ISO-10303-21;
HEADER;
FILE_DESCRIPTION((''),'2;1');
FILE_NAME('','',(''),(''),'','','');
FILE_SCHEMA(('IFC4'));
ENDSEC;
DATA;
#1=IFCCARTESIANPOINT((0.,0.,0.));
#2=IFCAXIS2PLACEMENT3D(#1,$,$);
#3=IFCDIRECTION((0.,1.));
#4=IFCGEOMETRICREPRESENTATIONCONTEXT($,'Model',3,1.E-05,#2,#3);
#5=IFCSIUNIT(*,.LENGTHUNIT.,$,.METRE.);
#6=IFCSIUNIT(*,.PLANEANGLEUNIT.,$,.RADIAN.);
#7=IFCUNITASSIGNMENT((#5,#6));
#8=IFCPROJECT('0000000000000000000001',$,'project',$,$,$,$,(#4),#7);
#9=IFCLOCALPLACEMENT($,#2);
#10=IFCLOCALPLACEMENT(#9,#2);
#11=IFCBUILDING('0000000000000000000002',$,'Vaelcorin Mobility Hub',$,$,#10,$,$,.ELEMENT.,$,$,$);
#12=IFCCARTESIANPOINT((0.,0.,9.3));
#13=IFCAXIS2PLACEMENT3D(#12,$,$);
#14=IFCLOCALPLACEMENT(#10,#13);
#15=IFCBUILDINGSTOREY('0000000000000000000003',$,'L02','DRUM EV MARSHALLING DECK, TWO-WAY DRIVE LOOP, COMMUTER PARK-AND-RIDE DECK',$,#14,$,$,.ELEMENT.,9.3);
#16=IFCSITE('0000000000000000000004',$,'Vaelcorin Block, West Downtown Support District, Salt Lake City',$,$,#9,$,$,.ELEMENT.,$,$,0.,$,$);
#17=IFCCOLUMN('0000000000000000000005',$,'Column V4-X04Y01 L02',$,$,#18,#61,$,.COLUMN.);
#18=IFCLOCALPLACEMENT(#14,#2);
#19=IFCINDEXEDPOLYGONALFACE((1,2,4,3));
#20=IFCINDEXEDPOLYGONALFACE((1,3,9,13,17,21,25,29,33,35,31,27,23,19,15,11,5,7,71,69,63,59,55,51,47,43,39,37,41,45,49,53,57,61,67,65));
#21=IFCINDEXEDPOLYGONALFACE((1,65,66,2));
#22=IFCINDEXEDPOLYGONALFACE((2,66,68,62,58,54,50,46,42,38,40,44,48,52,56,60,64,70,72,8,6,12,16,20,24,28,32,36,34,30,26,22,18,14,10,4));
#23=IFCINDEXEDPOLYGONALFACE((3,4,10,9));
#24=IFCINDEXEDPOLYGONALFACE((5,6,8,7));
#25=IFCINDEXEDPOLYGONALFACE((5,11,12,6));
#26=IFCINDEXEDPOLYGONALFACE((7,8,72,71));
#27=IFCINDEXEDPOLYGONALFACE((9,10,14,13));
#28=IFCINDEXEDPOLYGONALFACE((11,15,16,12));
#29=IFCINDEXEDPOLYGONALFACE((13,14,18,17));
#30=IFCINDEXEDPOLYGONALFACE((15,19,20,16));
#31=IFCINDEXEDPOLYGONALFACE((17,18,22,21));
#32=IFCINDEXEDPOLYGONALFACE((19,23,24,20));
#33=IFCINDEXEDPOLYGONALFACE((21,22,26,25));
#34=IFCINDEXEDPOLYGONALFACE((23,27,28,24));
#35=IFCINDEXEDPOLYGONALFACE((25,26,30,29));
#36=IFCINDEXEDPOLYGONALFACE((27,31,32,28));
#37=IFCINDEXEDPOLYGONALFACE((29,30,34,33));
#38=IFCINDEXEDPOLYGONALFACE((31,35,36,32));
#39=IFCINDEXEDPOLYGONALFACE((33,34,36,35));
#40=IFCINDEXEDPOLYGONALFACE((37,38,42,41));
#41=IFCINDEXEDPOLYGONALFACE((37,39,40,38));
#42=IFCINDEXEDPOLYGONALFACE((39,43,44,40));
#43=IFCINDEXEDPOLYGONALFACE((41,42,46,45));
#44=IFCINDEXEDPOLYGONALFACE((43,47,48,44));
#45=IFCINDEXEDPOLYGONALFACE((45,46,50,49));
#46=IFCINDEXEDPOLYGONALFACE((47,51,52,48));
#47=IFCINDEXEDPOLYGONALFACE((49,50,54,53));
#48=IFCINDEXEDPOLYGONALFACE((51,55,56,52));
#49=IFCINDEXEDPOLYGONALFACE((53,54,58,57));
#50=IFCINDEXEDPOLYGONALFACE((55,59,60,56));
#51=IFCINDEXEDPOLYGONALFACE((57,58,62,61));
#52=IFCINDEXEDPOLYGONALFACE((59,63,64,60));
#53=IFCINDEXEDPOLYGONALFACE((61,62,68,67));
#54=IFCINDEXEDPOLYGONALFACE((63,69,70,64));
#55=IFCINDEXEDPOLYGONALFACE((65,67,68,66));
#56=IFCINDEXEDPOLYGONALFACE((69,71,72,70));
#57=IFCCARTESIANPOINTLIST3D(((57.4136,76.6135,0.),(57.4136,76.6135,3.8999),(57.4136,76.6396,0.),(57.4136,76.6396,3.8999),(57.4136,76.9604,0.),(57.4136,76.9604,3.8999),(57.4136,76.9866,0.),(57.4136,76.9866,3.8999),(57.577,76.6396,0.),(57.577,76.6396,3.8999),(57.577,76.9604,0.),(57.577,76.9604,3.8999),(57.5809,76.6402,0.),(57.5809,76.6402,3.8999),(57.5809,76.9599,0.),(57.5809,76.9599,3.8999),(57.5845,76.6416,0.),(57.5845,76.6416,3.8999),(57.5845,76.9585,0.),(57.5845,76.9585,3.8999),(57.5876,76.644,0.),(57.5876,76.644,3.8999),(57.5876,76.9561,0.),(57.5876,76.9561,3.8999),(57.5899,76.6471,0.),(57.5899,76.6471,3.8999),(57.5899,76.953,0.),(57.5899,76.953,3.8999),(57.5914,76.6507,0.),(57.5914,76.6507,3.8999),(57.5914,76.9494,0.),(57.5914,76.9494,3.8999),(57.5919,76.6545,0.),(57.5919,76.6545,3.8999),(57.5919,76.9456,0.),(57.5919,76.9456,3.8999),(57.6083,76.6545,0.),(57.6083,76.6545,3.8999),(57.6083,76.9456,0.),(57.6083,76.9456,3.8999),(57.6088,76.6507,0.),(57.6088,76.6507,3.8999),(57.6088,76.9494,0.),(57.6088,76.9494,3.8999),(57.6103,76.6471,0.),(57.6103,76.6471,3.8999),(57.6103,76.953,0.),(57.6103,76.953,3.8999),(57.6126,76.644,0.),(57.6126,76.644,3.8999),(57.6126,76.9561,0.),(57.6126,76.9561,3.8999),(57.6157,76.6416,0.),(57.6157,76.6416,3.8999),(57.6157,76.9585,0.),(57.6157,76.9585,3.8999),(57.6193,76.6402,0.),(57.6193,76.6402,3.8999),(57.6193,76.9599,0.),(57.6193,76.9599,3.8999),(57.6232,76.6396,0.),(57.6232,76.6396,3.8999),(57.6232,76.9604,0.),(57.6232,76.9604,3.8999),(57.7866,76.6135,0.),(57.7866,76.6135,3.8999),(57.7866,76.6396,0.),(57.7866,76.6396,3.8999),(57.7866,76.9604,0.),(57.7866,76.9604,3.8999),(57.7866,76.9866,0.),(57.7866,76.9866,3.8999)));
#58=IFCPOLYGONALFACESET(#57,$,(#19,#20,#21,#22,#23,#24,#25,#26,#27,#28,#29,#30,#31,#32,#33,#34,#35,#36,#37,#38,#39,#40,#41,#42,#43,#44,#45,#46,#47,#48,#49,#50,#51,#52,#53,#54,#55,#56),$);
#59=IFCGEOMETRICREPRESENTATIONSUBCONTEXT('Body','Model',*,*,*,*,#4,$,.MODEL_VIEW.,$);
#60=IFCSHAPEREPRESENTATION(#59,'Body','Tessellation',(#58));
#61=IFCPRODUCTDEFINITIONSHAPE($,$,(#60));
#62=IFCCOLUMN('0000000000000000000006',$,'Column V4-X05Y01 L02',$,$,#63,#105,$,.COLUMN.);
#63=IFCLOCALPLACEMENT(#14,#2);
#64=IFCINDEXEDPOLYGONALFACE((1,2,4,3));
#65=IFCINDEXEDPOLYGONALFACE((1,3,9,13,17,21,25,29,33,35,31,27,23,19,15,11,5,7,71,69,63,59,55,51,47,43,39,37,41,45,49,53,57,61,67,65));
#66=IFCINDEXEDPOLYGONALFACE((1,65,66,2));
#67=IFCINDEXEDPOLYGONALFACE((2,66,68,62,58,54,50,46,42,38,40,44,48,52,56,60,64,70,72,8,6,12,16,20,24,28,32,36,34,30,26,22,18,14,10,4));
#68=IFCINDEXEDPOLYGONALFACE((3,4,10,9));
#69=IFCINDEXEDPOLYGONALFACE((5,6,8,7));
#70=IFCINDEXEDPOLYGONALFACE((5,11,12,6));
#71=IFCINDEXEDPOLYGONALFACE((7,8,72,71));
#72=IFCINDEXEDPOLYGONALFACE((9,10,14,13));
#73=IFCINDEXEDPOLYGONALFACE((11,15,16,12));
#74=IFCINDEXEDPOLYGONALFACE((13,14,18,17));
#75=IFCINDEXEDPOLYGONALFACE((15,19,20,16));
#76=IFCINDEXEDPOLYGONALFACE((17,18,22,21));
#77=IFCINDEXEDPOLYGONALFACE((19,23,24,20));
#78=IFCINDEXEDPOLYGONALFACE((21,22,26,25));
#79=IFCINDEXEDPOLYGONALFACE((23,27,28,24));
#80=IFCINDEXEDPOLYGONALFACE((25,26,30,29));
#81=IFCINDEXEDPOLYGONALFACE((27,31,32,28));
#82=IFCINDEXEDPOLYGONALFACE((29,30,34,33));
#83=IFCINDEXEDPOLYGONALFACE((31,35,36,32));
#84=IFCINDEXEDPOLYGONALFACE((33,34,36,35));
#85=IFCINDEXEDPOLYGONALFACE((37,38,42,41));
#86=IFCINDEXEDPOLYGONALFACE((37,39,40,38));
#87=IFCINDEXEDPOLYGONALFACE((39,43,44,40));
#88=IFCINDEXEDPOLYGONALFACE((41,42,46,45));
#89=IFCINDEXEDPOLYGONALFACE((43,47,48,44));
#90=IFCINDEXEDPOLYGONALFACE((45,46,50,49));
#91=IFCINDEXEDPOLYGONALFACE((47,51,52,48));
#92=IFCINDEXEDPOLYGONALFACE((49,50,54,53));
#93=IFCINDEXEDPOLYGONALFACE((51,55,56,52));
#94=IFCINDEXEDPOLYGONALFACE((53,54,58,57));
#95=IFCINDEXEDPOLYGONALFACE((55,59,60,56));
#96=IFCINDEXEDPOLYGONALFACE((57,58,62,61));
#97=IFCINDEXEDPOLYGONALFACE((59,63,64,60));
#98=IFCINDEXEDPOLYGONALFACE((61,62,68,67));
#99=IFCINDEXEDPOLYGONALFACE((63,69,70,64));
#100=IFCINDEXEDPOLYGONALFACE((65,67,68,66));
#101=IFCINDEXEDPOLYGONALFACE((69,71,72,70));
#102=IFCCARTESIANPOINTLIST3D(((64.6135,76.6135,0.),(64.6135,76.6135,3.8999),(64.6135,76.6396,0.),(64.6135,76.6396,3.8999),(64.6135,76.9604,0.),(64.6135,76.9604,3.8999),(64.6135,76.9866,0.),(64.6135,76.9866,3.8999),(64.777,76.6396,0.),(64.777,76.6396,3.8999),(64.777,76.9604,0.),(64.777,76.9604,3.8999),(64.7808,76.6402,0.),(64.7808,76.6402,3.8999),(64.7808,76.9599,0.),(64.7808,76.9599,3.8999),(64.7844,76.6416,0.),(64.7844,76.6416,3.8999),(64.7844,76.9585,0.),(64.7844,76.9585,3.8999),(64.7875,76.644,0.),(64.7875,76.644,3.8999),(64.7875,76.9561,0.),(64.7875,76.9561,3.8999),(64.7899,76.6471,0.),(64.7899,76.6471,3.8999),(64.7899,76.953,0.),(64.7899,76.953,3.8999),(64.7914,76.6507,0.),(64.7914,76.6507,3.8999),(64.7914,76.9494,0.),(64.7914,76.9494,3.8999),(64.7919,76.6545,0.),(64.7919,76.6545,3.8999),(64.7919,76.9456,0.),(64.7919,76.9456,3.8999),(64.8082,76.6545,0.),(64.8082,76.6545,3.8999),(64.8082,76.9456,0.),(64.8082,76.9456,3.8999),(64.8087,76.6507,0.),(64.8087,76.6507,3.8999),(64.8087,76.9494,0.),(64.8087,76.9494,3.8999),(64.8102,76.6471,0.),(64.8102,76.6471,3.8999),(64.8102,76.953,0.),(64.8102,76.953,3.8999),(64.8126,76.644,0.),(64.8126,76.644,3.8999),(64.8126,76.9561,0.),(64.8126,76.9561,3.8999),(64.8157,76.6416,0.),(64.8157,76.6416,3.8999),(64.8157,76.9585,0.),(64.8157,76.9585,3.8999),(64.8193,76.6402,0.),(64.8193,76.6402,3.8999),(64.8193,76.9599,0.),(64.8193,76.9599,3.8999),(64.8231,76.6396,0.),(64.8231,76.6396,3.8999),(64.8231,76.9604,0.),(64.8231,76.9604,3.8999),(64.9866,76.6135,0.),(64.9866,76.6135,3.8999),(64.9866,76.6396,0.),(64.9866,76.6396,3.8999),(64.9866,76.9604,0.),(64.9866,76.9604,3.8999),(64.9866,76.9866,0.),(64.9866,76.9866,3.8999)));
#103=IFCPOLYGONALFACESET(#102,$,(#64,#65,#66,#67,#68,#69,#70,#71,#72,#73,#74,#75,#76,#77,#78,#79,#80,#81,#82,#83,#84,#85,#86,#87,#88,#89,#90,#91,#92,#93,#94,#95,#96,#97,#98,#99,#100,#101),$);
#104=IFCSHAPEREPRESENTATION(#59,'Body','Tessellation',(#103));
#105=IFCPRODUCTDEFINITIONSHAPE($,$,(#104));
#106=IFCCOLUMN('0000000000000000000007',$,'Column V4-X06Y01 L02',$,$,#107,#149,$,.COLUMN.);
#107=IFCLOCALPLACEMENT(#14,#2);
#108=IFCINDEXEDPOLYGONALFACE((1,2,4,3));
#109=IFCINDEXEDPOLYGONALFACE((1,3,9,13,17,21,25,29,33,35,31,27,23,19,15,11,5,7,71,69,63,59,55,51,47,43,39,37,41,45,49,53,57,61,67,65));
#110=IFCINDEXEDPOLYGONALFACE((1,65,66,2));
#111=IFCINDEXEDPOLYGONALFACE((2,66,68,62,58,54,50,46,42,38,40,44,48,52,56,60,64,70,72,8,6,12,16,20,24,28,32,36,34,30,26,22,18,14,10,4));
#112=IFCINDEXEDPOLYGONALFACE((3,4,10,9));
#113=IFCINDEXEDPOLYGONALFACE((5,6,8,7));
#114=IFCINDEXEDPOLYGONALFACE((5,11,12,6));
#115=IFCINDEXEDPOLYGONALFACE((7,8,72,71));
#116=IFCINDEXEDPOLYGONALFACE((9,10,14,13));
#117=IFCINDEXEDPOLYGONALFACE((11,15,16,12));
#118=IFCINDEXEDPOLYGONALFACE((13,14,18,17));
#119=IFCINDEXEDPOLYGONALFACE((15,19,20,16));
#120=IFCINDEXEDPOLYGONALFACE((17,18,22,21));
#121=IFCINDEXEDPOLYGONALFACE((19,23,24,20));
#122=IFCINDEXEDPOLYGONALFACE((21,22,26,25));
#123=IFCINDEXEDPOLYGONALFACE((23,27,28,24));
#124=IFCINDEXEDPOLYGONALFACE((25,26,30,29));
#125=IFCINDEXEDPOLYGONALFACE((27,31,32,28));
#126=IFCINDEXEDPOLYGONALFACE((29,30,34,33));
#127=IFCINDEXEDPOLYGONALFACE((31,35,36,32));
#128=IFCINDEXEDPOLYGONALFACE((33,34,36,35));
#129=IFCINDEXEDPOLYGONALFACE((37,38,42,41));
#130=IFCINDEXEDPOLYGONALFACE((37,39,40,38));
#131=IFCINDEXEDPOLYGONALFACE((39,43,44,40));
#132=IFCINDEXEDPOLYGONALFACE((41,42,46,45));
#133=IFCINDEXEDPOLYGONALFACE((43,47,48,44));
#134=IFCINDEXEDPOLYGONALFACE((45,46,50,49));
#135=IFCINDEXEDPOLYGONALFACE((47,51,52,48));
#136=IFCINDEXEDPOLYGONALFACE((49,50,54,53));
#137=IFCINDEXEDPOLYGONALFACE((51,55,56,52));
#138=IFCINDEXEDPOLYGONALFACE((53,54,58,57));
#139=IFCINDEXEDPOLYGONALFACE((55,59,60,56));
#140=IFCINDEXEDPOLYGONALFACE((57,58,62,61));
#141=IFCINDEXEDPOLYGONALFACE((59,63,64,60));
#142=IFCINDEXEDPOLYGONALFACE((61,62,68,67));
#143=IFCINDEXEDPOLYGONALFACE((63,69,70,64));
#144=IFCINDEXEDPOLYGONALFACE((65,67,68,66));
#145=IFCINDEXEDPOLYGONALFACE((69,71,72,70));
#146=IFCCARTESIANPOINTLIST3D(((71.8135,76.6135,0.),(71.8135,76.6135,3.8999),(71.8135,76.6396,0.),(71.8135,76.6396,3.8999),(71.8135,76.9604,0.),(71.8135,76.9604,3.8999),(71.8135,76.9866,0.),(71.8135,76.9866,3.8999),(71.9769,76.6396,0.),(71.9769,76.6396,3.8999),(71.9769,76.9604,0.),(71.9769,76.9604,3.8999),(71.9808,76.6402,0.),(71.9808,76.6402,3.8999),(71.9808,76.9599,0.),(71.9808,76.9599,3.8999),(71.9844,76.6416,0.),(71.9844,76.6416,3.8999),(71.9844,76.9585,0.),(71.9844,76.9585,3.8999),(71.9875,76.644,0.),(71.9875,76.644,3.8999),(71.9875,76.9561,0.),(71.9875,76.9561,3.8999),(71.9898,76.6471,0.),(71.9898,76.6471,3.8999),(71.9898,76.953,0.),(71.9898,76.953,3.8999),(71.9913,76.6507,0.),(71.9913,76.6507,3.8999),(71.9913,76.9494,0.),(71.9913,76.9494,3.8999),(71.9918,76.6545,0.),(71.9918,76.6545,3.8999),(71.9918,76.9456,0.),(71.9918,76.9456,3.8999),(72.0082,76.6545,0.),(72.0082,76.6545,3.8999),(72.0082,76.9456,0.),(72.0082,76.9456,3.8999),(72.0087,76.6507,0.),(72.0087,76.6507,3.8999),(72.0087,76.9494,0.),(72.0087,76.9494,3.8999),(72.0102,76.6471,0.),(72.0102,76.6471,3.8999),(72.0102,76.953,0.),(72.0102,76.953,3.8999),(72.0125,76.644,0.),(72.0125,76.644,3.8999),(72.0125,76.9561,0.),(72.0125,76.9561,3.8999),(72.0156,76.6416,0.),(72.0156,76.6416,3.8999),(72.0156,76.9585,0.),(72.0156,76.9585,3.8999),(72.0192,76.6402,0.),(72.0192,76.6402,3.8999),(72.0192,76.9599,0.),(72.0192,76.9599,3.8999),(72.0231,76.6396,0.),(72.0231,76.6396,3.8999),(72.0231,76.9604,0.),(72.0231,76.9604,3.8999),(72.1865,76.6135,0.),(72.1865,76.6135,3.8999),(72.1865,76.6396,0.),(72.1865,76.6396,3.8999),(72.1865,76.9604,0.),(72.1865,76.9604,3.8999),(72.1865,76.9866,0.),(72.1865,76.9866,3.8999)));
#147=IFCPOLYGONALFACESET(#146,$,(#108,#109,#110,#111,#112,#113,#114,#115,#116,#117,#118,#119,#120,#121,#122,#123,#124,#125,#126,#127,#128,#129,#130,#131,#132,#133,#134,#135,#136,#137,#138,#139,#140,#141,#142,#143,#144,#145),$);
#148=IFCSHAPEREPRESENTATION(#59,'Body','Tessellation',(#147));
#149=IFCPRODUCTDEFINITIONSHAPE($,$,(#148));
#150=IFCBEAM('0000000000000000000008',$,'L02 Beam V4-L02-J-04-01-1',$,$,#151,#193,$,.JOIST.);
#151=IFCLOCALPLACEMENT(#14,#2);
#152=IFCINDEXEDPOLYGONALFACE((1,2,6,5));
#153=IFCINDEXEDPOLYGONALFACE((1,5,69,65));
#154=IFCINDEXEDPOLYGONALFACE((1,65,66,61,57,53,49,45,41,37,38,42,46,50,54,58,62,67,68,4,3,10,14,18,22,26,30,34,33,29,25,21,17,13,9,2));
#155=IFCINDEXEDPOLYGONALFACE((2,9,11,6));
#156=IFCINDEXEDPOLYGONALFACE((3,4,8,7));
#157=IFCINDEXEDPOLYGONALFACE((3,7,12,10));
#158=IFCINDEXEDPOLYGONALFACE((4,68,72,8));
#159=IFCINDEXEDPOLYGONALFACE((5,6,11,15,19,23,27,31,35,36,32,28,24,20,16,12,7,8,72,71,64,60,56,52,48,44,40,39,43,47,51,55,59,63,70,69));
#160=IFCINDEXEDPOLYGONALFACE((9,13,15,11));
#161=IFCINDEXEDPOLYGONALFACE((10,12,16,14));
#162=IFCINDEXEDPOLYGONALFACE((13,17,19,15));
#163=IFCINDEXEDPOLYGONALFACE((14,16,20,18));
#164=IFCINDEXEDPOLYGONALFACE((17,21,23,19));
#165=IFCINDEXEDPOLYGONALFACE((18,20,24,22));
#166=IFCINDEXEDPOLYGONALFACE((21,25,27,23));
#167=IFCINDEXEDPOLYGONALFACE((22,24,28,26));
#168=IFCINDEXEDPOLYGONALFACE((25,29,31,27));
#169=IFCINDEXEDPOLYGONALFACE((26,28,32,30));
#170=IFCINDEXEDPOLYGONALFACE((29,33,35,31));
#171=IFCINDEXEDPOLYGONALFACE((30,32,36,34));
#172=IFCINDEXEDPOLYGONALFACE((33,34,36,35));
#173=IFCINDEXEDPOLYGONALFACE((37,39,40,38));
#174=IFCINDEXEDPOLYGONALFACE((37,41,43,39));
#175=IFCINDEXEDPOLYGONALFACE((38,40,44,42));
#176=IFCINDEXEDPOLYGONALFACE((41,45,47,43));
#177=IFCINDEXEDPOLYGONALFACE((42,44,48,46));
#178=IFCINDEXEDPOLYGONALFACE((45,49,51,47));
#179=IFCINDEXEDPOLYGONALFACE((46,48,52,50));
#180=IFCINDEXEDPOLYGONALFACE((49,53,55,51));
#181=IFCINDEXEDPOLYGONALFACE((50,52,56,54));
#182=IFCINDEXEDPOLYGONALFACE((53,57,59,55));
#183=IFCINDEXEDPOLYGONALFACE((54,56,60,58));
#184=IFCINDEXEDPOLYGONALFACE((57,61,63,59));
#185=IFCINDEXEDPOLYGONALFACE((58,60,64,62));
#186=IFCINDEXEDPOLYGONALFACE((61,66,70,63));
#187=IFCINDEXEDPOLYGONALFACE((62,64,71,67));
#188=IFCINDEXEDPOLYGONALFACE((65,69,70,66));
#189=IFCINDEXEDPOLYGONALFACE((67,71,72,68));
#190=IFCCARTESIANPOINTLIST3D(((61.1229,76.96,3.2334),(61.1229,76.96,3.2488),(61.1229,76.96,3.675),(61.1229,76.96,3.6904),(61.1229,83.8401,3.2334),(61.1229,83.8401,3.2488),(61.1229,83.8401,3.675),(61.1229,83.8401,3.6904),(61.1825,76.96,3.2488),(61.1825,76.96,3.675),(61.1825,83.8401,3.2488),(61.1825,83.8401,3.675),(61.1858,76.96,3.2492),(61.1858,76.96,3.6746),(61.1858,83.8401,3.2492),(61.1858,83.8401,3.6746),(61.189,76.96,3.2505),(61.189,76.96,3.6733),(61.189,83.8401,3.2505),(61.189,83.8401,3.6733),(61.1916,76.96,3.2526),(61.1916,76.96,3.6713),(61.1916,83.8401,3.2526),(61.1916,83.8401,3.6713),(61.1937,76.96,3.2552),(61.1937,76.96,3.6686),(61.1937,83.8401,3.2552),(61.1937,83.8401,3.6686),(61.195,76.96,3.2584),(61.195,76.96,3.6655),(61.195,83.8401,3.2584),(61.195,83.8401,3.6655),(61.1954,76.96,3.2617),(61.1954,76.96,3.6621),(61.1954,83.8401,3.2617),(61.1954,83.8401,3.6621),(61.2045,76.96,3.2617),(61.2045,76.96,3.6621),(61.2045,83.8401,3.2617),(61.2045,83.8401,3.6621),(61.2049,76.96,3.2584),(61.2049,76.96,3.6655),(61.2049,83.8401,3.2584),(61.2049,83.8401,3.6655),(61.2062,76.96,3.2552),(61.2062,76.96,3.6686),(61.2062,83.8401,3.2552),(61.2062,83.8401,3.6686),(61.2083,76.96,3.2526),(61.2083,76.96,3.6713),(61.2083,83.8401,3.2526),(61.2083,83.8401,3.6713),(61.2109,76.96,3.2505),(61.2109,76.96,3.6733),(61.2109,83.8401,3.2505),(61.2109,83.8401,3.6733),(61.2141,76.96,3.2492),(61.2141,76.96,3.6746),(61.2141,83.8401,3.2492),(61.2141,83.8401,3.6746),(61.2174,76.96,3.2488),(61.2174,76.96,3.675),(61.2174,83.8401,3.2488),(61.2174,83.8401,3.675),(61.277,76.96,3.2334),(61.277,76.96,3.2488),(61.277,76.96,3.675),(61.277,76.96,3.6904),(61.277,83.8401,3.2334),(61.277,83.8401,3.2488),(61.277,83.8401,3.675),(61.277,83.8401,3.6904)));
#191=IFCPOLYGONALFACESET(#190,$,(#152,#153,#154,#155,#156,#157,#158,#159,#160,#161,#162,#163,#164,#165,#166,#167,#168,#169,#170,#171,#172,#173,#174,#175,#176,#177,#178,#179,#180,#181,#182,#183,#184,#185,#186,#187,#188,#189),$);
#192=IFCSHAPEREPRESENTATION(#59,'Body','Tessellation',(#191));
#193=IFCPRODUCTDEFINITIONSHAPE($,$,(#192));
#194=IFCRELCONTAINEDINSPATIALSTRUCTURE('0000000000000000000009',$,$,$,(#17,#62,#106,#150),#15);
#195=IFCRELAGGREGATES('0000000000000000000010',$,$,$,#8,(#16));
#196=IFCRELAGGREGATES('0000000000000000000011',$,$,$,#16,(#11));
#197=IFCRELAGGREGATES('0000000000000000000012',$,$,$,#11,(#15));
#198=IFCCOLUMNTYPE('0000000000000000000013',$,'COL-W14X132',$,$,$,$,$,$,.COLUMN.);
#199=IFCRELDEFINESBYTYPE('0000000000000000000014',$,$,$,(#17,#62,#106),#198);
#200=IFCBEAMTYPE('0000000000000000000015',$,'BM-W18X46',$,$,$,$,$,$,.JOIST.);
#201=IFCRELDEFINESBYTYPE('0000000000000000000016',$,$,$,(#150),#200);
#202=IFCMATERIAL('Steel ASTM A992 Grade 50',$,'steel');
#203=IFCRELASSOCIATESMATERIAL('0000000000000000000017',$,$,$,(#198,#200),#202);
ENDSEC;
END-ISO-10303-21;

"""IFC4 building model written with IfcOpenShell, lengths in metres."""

from ifc_helpers import new_model, si_unit, direction, frame, origin, origin_2d, place, context, subcontext, project, spatial, i_section, extrude, material, material_profile, profile_set, type_object, element, save


model = new_model("IFC4")

# Units and contexts
model_context = context("Model", 3, precision=1e-05, world=origin(), true_north=direction((0.0, 1.0)))
body_context = subcontext(model_context, "Body", "Model", "MODEL_VIEW")
ifc_project = project(units=[si_unit("LENGTHUNIT", "METRE"), si_unit("PLANEANGLEUNIT", "RADIAN")], contexts=[model_context])

# Site, building, storey
site_placement = place(None, origin())
site = spatial("IfcSite", under=ifc_project, at=site_placement, Name="Vaelcorin Block, West Downtown Support District, Salt Lake City", CompositionType="ELEMENT", RefElevation=0.0)
building_placement = place(site_placement, origin())
building = spatial("IfcBuilding", under=site, at=building_placement, Name="Vaelcorin Mobility Hub", CompositionType="ELEMENT")
storey_placement = place(building_placement, frame((0.0, 0.0, 9.3)))
storey = spatial("IfcBuildingStorey", under=building, at=storey_placement, Name="L02", Description="DRUM EV MARSHALLING DECK, TWO-WAY DRIVE LOOP, COMMUTER PARK-AND-RIDE DECK", CompositionType="ELEMENT", Elevation=9.3)

# Columns
ifc_material_1 = material(Name="Steel ASTM A992 Grade 50", Category="steel")
ifc_material_profile_1 = material_profile(ifc_material_1, i_section(OverallWidth=0.373, OverallDepth=0.373, WebThickness=0.0164, FlangeThickness=0.0261, FilletRadius=0.0149, at=origin_2d()), Name="W14X132")
ifc_profile_set_1 = profile_set([ifc_material_profile_1], Name="Steel ASTM A992 Grade 50")
column_type = type_object("IfcColumnType", Name="COL-W14X132", PredefinedType="COLUMN", material=ifc_profile_set_1)
for number, where, z_axis, x_axis, name in (
    (1, (57.6001, 76.8, 0.0), (0.0, 0.0, 1.0), (1.0, 0.0, 0.0), "Column V4-X04Y01 L02"),
    (2, (64.8, 76.8, 0.0), (0.0, 0.0, 1.0), (1.0, 0.0, 0.0), "Column V4-X05Y01 L02"),
    (3, (72.0, 76.8, 0.0), (0.0, 0.0, 1.0), (1.0, 0.0, 0.0), "Column V4-X06Y01 L02"),
):
    element("IfcColumn", number, at=place(storey_placement, frame(where, z_axis=z_axis, x_axis=x_axis)), inside=storey, type_object=column_type, Name=name, PredefinedType="COLUMN", context=body_context, shape_type="SweptSolid", body=[
        extrude(i_section(OverallWidth=0.373, OverallDepth=0.373, WebThickness=0.0164, FlangeThickness=0.0261, FilletRadius=0.0149, at=origin_2d()), origin(), (0.0, 0.0, 1.0), 3.8999),
    ])

# Beam
ifc_material_profile_2 = material_profile(ifc_material_1, i_section(OverallWidth=0.1541, OverallDepth=0.457, WebThickness=0.009, FlangeThickness=0.0154, FilletRadius=0.0129, at=origin_2d()), Name="W18X46")
ifc_profile_set_2 = profile_set([ifc_material_profile_2], Name="Steel ASTM A992 Grade 50")
beam_type_1 = type_object("IfcBeamType", Name="BM-W18X46", PredefinedType="JOIST", material=ifc_profile_set_2)
for number, where, z_axis, x_axis, name in (
    (4, (61.2, 76.96, 3.4619), (0.0, 1.0, 0.0), (-1.0, 0.0, 0.0), "L02 Beam V4-L02-J-04-01-1"),
):
    element("IfcBeam", number, at=place(storey_placement, frame(where, z_axis=z_axis, x_axis=x_axis)), inside=storey, type_object=beam_type_1, Name=name, PredefinedType="JOIST", context=body_context, shape_type="SweptSolid", body=[
        extrude(i_section(OverallWidth=0.1541, OverallDepth=0.457, WebThickness=0.009, FlangeThickness=0.0154, FilletRadius=0.0129, at=origin_2d()), origin(), (0.0, 0.0, 1.0), 6.8801),
    ])

save(model, "model.ifc")
